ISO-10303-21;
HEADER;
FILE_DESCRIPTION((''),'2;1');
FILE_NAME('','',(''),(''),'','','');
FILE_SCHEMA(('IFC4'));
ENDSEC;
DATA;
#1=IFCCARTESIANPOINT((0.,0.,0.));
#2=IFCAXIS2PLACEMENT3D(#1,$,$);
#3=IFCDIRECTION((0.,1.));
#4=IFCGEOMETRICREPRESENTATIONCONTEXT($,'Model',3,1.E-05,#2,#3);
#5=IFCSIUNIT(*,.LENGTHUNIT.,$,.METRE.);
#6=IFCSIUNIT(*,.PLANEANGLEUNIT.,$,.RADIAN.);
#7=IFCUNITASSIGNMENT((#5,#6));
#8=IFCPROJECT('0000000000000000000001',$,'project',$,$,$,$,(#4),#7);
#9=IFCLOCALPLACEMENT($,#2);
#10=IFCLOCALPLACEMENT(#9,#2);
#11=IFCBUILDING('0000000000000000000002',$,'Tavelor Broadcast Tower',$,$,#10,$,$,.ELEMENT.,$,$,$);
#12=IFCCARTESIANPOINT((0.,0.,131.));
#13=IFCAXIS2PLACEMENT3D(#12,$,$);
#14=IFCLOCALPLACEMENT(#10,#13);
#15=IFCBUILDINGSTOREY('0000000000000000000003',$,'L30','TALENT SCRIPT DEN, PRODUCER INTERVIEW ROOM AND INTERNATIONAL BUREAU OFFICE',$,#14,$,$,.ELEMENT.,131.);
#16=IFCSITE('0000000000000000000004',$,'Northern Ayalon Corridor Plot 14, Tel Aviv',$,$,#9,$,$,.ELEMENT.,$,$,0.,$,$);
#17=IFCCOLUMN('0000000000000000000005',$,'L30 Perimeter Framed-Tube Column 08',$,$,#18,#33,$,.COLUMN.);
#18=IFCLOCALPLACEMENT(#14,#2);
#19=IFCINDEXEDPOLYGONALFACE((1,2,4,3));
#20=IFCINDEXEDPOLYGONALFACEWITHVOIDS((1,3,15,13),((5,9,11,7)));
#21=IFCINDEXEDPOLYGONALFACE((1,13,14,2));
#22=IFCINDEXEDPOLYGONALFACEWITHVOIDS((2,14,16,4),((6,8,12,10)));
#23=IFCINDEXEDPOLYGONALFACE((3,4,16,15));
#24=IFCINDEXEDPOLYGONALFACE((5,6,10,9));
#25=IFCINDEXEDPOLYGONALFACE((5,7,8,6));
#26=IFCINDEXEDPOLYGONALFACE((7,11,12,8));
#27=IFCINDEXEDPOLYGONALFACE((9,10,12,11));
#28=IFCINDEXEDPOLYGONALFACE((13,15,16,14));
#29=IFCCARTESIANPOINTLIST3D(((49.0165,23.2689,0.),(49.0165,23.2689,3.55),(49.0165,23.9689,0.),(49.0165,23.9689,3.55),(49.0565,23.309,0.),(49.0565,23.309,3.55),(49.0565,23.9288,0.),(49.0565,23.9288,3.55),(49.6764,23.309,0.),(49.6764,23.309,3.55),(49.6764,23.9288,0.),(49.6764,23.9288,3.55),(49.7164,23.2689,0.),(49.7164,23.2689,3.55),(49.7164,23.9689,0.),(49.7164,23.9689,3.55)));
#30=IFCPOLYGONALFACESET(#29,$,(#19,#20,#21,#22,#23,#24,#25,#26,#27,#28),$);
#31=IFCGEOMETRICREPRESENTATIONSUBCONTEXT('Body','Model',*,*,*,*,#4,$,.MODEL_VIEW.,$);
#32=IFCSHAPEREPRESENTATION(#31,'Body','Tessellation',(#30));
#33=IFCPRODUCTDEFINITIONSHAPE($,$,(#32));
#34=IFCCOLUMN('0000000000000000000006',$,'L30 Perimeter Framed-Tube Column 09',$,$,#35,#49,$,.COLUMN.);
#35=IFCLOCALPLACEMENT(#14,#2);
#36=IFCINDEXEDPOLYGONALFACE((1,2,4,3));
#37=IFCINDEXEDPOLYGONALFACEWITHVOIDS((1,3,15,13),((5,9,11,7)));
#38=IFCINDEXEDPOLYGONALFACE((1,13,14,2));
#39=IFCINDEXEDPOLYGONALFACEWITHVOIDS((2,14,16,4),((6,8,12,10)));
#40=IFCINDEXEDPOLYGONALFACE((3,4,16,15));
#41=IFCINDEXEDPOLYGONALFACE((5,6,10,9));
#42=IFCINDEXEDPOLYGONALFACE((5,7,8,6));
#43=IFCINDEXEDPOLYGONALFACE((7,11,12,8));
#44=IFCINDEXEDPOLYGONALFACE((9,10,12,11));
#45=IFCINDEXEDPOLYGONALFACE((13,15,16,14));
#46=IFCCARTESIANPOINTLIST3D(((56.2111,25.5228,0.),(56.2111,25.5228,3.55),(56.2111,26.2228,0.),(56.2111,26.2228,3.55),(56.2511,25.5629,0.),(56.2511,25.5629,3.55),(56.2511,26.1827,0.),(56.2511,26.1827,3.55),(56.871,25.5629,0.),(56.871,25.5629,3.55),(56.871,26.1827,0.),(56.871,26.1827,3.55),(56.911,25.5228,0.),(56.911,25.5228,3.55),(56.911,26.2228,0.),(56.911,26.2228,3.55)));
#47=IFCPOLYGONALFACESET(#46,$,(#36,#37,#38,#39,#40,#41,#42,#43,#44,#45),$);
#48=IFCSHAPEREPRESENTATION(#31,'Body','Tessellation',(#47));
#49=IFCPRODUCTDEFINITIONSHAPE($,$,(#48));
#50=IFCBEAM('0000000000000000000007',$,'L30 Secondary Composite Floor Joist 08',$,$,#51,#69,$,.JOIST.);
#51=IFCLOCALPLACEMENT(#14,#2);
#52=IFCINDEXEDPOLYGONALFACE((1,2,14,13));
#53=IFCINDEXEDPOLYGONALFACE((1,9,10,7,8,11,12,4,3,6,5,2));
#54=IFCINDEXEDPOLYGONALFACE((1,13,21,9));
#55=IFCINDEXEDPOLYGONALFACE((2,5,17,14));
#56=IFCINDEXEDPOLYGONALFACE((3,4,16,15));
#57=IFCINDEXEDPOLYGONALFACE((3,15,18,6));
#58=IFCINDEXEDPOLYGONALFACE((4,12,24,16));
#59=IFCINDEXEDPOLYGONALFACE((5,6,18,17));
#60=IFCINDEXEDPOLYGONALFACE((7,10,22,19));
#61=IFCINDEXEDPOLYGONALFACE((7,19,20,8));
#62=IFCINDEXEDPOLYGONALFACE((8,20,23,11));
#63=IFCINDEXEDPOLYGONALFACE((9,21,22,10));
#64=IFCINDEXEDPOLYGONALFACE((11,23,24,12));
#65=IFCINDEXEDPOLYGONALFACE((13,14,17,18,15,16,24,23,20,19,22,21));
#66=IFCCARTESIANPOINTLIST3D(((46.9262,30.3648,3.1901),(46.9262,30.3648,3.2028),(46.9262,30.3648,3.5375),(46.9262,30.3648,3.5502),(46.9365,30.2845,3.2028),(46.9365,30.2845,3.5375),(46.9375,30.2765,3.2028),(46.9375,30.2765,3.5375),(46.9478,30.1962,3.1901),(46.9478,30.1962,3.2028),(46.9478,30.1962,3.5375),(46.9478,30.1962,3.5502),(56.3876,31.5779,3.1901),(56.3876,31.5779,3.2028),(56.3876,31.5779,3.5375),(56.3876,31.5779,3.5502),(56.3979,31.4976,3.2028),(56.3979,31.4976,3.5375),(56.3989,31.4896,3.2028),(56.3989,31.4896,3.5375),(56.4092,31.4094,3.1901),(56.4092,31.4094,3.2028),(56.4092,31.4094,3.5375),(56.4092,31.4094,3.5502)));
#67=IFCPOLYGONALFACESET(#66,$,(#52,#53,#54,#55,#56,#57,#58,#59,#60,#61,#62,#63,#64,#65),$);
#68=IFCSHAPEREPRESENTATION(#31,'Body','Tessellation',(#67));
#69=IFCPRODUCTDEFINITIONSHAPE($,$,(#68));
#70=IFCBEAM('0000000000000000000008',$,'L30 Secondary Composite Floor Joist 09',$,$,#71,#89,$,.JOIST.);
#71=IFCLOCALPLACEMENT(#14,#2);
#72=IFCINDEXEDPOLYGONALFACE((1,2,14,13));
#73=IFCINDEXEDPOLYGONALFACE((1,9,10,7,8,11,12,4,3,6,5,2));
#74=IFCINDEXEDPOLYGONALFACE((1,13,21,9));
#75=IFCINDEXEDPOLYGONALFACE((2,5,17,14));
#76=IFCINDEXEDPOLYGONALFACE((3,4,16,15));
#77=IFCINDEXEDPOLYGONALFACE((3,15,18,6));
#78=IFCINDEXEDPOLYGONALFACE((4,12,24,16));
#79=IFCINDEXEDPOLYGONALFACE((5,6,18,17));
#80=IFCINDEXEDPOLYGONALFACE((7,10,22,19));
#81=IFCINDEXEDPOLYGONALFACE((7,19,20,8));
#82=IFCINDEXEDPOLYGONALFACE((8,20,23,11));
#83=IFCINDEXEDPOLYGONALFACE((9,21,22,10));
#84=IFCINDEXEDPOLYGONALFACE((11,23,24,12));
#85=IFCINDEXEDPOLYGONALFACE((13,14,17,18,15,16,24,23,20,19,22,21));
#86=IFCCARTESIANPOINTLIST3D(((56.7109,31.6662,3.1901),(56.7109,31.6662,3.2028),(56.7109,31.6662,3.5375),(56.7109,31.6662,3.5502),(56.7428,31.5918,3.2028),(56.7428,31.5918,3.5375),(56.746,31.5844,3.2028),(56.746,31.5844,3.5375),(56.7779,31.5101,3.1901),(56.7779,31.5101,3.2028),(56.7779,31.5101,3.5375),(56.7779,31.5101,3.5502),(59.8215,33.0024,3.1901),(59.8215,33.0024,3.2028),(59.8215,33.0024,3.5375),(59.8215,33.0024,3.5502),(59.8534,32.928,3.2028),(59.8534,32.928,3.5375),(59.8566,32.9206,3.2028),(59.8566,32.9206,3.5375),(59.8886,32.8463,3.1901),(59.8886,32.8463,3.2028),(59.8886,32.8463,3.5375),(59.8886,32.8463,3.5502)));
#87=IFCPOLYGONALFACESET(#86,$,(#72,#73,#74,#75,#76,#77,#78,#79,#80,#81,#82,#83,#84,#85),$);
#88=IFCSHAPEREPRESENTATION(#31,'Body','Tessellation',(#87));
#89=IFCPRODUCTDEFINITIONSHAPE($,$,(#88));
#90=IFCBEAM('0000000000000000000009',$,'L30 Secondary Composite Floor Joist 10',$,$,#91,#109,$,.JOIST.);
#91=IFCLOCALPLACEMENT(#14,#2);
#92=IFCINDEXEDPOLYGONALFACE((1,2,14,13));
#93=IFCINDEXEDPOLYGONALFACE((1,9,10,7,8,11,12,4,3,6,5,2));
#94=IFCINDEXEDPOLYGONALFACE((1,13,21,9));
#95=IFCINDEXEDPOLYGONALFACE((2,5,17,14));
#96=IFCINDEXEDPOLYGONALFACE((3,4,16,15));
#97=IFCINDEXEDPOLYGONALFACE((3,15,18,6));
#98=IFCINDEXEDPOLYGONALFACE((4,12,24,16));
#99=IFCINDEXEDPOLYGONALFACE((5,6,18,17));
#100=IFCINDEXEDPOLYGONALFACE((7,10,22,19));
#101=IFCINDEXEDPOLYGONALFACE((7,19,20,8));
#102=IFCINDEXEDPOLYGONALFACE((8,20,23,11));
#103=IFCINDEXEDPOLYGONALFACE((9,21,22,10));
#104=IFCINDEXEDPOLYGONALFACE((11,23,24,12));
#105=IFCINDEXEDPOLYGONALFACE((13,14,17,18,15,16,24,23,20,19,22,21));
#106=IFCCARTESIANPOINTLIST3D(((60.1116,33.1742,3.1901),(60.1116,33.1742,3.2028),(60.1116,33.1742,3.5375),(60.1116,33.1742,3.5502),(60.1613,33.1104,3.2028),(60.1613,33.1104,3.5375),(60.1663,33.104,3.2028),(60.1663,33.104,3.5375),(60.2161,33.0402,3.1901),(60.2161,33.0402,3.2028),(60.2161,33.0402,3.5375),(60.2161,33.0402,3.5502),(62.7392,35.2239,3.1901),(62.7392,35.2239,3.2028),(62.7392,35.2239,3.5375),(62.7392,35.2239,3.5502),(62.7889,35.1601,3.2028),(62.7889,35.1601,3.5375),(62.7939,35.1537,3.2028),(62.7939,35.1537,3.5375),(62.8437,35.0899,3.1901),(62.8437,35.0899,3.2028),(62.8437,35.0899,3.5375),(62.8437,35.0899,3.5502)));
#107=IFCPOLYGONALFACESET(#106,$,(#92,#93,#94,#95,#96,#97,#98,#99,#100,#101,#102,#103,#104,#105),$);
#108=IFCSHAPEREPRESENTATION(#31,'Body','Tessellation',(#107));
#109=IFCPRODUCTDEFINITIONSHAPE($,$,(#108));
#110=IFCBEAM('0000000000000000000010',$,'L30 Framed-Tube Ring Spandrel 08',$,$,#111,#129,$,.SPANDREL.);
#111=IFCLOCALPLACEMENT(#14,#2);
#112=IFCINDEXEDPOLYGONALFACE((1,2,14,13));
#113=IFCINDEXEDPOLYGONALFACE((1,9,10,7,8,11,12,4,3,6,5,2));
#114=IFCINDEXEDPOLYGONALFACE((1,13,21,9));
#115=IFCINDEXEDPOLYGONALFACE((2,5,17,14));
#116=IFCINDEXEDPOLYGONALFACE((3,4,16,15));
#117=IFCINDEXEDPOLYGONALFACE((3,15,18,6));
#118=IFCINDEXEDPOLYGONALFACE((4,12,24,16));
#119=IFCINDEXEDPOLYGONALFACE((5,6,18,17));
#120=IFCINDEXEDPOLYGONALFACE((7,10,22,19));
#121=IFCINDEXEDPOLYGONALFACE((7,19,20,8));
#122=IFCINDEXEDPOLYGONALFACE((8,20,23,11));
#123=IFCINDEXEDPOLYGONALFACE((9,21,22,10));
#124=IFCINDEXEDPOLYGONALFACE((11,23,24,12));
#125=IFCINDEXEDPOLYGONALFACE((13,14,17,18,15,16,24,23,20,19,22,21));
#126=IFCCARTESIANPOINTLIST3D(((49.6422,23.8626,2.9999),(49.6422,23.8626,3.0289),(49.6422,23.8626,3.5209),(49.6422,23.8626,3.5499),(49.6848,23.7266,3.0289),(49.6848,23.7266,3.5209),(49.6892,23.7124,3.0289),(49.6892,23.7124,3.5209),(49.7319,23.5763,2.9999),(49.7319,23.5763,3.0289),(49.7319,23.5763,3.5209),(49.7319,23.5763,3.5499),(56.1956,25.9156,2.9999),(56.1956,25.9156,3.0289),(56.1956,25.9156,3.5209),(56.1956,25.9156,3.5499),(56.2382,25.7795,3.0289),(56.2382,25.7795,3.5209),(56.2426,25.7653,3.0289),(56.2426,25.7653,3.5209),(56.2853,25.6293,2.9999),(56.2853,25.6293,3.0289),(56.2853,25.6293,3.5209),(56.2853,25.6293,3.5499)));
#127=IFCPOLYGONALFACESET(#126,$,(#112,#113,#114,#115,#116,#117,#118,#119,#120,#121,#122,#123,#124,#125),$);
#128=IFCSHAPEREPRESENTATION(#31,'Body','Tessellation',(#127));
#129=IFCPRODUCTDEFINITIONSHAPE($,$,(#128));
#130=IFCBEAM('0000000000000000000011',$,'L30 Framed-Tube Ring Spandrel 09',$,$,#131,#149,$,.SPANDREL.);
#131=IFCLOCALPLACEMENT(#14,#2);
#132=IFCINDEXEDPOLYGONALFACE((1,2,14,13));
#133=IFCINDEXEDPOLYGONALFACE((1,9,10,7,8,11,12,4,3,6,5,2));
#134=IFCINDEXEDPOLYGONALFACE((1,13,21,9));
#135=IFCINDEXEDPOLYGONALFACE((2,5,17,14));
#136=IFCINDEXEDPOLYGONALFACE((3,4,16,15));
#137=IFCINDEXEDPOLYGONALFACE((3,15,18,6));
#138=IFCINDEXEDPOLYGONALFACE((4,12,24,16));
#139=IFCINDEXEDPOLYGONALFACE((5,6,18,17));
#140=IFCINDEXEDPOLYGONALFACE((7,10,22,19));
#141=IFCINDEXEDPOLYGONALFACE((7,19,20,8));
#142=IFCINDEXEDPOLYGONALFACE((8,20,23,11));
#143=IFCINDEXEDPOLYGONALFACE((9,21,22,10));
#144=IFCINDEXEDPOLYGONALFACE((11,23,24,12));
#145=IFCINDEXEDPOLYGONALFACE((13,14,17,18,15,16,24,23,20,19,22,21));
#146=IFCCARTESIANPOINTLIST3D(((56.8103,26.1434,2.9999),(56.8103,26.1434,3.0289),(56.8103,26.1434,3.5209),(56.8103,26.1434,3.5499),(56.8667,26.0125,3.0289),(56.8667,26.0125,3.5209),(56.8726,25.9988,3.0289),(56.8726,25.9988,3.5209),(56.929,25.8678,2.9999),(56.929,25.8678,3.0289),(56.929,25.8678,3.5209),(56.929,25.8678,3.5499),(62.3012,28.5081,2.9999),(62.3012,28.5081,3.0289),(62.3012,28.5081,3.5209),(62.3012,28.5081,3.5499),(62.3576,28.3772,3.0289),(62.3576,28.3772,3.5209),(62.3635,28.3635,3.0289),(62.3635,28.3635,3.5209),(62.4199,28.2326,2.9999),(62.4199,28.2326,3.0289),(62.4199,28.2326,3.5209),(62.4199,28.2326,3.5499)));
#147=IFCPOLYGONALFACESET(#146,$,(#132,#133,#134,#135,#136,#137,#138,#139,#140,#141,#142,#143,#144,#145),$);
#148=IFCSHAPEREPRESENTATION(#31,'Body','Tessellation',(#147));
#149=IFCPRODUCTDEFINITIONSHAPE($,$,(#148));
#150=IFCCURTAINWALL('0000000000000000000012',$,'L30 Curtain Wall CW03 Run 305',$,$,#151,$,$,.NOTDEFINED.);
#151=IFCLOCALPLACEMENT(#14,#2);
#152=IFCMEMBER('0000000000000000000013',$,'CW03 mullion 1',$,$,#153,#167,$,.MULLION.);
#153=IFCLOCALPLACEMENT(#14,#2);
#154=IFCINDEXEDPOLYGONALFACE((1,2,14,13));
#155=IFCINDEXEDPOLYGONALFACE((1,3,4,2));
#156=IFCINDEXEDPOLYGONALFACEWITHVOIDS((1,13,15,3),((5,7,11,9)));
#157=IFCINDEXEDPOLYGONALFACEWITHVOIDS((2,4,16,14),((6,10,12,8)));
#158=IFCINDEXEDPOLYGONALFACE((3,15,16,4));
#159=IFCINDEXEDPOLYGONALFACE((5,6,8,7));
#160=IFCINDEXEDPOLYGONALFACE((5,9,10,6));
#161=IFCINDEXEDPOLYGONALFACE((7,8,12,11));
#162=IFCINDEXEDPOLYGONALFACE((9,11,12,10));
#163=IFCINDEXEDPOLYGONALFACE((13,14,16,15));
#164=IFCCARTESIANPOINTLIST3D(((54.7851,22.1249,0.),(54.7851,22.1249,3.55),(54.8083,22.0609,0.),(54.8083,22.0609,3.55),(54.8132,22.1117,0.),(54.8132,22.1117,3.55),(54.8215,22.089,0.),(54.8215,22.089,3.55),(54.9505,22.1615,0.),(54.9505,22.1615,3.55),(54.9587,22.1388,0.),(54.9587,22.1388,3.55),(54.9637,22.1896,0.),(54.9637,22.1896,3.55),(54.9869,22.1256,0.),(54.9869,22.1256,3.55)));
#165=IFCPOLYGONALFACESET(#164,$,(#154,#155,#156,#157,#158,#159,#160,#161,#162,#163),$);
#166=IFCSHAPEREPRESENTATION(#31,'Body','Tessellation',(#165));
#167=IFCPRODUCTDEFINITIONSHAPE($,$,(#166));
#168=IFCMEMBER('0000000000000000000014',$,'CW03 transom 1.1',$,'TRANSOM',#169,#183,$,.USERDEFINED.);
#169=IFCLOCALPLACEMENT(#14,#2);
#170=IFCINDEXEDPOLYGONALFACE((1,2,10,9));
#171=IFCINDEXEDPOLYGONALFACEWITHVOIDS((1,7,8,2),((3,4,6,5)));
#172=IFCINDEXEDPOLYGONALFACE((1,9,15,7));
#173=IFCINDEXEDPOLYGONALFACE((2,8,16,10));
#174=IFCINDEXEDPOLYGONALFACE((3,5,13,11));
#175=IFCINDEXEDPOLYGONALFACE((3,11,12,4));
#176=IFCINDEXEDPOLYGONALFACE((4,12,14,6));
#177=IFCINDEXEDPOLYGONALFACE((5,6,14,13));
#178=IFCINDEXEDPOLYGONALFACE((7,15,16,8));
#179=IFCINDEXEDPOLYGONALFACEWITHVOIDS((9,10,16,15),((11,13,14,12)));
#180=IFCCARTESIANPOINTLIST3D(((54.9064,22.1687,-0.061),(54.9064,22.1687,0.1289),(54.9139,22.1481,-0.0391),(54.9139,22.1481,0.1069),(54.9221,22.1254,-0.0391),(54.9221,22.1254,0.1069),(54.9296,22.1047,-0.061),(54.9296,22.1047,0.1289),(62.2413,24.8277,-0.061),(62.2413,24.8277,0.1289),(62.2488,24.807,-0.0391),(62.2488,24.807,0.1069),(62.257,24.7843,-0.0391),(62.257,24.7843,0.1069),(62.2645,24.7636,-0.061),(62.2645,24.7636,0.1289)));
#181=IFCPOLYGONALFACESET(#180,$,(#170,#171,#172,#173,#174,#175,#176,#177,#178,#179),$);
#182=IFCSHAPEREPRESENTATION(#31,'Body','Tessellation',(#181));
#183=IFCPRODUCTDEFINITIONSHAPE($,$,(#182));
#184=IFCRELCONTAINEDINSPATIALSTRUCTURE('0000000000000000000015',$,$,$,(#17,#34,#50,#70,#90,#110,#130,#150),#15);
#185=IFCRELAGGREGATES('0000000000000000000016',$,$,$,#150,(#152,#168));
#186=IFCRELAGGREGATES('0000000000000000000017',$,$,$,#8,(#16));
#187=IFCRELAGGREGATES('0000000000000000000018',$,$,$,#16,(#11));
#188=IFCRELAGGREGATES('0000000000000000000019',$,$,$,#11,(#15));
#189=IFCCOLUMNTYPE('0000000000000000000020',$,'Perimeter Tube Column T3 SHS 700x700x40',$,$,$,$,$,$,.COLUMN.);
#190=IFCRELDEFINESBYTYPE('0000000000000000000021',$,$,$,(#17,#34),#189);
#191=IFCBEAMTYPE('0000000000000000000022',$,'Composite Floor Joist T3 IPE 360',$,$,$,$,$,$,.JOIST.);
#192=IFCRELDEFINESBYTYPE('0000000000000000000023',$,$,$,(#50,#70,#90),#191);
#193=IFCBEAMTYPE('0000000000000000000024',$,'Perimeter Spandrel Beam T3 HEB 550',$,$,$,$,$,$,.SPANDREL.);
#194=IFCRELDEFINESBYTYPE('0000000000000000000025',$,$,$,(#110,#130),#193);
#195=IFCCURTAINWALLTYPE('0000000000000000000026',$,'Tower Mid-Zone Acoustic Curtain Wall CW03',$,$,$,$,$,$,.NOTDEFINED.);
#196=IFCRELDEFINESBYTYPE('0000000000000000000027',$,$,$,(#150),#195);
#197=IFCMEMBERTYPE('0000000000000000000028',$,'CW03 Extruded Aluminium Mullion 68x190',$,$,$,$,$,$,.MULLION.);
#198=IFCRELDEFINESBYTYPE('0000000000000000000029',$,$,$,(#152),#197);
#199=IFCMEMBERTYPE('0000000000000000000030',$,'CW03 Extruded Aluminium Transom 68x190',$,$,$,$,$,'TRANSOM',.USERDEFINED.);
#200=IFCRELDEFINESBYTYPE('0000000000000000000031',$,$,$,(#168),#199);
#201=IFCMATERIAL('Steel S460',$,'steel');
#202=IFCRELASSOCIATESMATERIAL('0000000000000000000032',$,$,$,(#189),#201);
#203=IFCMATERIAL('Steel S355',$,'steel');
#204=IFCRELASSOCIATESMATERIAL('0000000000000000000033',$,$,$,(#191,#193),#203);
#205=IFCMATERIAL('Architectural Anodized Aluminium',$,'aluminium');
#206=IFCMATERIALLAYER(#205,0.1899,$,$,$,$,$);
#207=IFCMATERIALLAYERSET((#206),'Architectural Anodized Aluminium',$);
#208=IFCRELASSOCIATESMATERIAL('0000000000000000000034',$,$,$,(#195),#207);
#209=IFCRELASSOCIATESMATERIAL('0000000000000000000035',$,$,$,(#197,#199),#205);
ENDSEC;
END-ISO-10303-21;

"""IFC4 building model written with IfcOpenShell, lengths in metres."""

from ifc_helpers import new_model, si_unit, direction, frame, origin, origin_2d, place, context, subcontext, project, spatial, hollow_rectangle, i_section, extrude, source, transform, mapped, material, layer, layer_set, material_profile, profile_set, type_object, type_shapes, element, aggregate, save


model = new_model("IFC4")

# Units and contexts
model_context = context("Model", 3, precision=1e-05, world=origin(), true_north=direction((0.0, 1.0)))
body_context = subcontext(model_context, "Body", "Model", "MODEL_VIEW")
ifc_project = project(units=[si_unit("LENGTHUNIT", "METRE"), si_unit("PLANEANGLEUNIT", "RADIAN")], contexts=[model_context])

# Site, building, storey
site_placement = place(None, origin())
site = spatial("IfcSite", under=ifc_project, at=site_placement, Name="Northern Ayalon Corridor Plot 14, Tel Aviv", CompositionType="ELEMENT", RefElevation=0.0)
building_placement = place(site_placement, origin())
building = spatial("IfcBuilding", under=site, at=building_placement, Name="Tavelor Broadcast Tower", CompositionType="ELEMENT")
storey_placement = place(building_placement, frame((0.0, 0.0, 131.0)))
storey = spatial("IfcBuildingStorey", under=building, at=storey_placement, Name="L30", Description="TALENT SCRIPT DEN, PRODUCER INTERVIEW ROOM AND INTERNATIONAL BUREAU OFFICE", CompositionType="ELEMENT", Elevation=131.0)

# Columns
ifc_material_1 = material(Name="Steel S460", Category="steel")
ifc_material_profile_1 = material_profile(ifc_material_1, hollow_rectangle(XDim=0.7, YDim=0.7, WallThickness=0.04, at=origin_2d()), Name="SHS 700x700x40")
ifc_profile_set_1 = profile_set([ifc_material_profile_1], Name="Steel S460")
column_type = type_object("IfcColumnType", Name="Perimeter Tube Column T3 SHS 700x700x40", PredefinedType="COLUMN", material=ifc_profile_set_1)
for number, where, z_axis, x_axis, name in (
    (1, (49.3665, 23.6189, 0.0), (0.0, 0.0, 1.0), (1.0, 0.0, 0.0), "L30 Perimeter Framed-Tube Column 08"),
    (2, (56.561, 25.8728, 0.0), (0.0, 0.0, 1.0), (1.0, 0.0, 0.0), "L30 Perimeter Framed-Tube Column 09"),
):
    element("IfcColumn", number, at=place(storey_placement, frame(where, z_axis=z_axis, x_axis=x_axis)), inside=storey, type_object=column_type, Name=name, PredefinedType="COLUMN", context=body_context, shape_type="SweptSolid", body=[
        extrude(hollow_rectangle(XDim=0.7, YDim=0.7, WallThickness=0.04, at=origin_2d()), origin(), (0.0, 0.0, 1.0), 3.55),
    ])

# Beams
ifc_material_2 = material(Name="Steel S355", Category="steel")
ifc_material_profile_2 = material_profile(ifc_material_2, i_section(OverallWidth=0.1699, OverallDepth=0.3601, WebThickness=0.0081, FlangeThickness=0.0127, at=origin_2d()), Name="IPE 360")
ifc_profile_set_2 = profile_set([ifc_material_profile_2], Name="Steel S355")
beam_type_1 = type_object("IfcBeamType", Name="Composite Floor Joist T3 IPE 360", PredefinedType="JOIST", material=ifc_profile_set_2)
beam_1_placement = place(storey_placement, frame((46.937, 30.2805, 3.3701), z_axis=(0.99188, 0.127178, 0.0), x_axis=(-0.127178, 0.99188, 0.0)))
element("IfcBeam", 3, at=beam_1_placement, inside=storey, type_object=beam_type_1, Name="L30 Secondary Composite Floor Joist 08", PredefinedType="JOIST", context=body_context, shape_type="SweptSolid", body=[
    extrude(i_section(OverallWidth=0.1699, OverallDepth=0.3601, WebThickness=0.0081, FlangeThickness=0.0127, at=origin_2d()), origin(), (0.0, 0.0, 1.0), 9.5388),
])
beam_2_placement = place(storey_placement, frame((56.7444, 31.5881, 3.3701), z_axis=(0.918816, 0.394685, 0.0), x_axis=(-0.394685, 0.918816, 0.0)))
element("IfcBeam", 4, at=beam_2_placement, inside=storey, type_object=beam_type_1, Name="L30 Secondary Composite Floor Joist 09", PredefinedType="JOIST", context=body_context, shape_type="SweptSolid", body=[
    extrude(i_section(OverallWidth=0.1699, OverallDepth=0.3601, WebThickness=0.0081, FlangeThickness=0.0127, at=origin_2d()), origin(), (0.0, 0.0, 1.0), 3.3855),
])
beam_3_placement = place(storey_placement, frame((60.1638, 33.1072, 3.3701), z_axis=(0.788472, 0.615071, 0.0), x_axis=(-0.615071, 0.788472, 0.0)))
element("IfcBeam", 5, at=beam_3_placement, inside=storey, type_object=beam_type_1, Name="L30 Secondary Composite Floor Joist 10", PredefinedType="JOIST", context=body_context, shape_type="SweptSolid", body=[
    extrude(i_section(OverallWidth=0.1699, OverallDepth=0.3601, WebThickness=0.0081, FlangeThickness=0.0127, at=origin_2d()), origin(), (0.0, 0.0, 1.0), 3.3325),
])
ifc_material_profile_3 = material_profile(ifc_material_2, i_section(OverallWidth=0.3, OverallDepth=0.55, WebThickness=0.0149, FlangeThickness=0.0291, at=origin_2d()), Name="HEB 550")
ifc_profile_set_3 = profile_set([ifc_material_profile_3], Name="Steel S355")
beam_type_2 = type_object("IfcBeamType", Name="Perimeter Spandrel Beam T3 HEB 550", PredefinedType="SPANDREL", material=ifc_profile_set_3)
beam_4_placement = place(storey_placement, frame((49.687, 23.7195, 3.2749), z_axis=(0.954272, 0.298941, 0.0), x_axis=(-0.298941, 0.954272, 0.0)))
element("IfcBeam", 6, at=beam_4_placement, inside=storey, type_object=beam_type_2, Name="L30 Framed-Tube Ring Spandrel 08", PredefinedType="SPANDREL", context=body_context, shape_type="SweptSolid", body=[
    extrude(i_section(OverallWidth=0.3, OverallDepth=0.55, WebThickness=0.0149, FlangeThickness=0.0291, at=origin_2d()), origin(), (0.0, 0.0, 1.0), 6.8674),
])
beam_5_placement = place(storey_placement, frame((56.8696, 26.0056, 3.2749), z_axis=(0.918449, 0.39554, 0.0), x_axis=(-0.39554, 0.918449, 0.0)))
element("IfcBeam", 7, at=beam_5_placement, inside=storey, type_object=beam_type_2, Name="L30 Framed-Tube Ring Spandrel 09", PredefinedType="SPANDREL", context=body_context, shape_type="SweptSolid", body=[
    extrude(i_section(OverallWidth=0.3, OverallDepth=0.55, WebThickness=0.0149, FlangeThickness=0.0291, at=origin_2d()), origin(), (0.0, 0.0, 1.0), 5.9785),
])

# Curtain wall, members
ifc_material_3 = material(Name="Architectural Anodized Aluminium", Category="aluminium")
ifc_layer_1 = layer(ifc_material_3, 0.1899)
ifc_layer_set_1 = layer_set([ifc_layer_1], Name="Architectural Anodized Aluminium")
curtain_wall_type = type_object("IfcCurtainWallType", Name="Tower Mid-Zone Acoustic Curtain Wall CW03", PredefinedType="NOTDEFINED", material=ifc_layer_set_1)
curtain_wall_placement = place(storey_placement, origin())
curtain_wall = element("IfcCurtainWall", 8, at=curtain_wall_placement, inside=storey, type_object=curtain_wall_type, Name="L30 Curtain Wall CW03 Run 305", PredefinedType="NOTDEFINED")
ifc_material_profile_4 = material_profile(ifc_material_3, hollow_rectangle(XDim=0.0681, YDim=0.1899, WallThickness=0.022, at=origin_2d()), Name="RHS 68x190x22")
ifc_profile_set_4 = profile_set([ifc_material_profile_4], Name="Architectural Anodized Aluminium")
member_type_1 = type_object("IfcMemberType", Name="CW03 Extruded Aluminium Mullion 68x190", PredefinedType="MULLION", material=ifc_profile_set_4)
shared_shape_1 = source(origin(), body_context, "Body", "SweptSolid", [
    extrude(hollow_rectangle(XDim=0.0681, YDim=0.1899, WallThickness=0.022, at=origin_2d()), origin(), (0.0, 0.0, 1.0), 3.55),
])
type_shapes(member_type_1, [shared_shape_1])
member_1_placement = place(storey_placement, frame((54.886, 22.1252, 0.0), z_axis=(0.0, 0.0, 1.0), x_axis=(-0.340788, 0.94014, 0.0)))
member_1 = element("IfcMember", 9, at=member_1_placement, type_object=member_type_1, Name="CW03 mullion 1", PredefinedType="MULLION", context=body_context, shape_type="MappedRepresentation", body=[
    mapped(shared_shape_1, transform((0.0, 0.0, 0.0), scale=1.0)),
])
ifc_material_profile_5 = material_profile(ifc_material_3, hollow_rectangle(XDim=0.0681, YDim=0.1899, WallThickness=0.022, at=origin_2d()), Name="RHS 68x190x22")
ifc_profile_set_5 = profile_set([ifc_material_profile_5], Name="Architectural Anodized Aluminium")
member_type_2 = type_object("IfcMemberType", Name="CW03 Extruded Aluminium Transom 68x190", ElementType="TRANSOM", PredefinedType="USERDEFINED", material=ifc_profile_set_5)
shared_shape_2 = source(origin(), body_context, "Body", "SweptSolid", [
    extrude(hollow_rectangle(XDim=0.0681, YDim=0.1899, WallThickness=0.022, at=origin_2d()), origin(), (0.0, 0.0, 1.0), 7.802),
])
type_shapes(member_type_2, [shared_shape_2])
member_2_placement = place(storey_placement, frame((54.918, 22.1367, 0.0339), z_axis=(0.940136, 0.340801, 0.0), x_axis=(-0.340801, 0.940136, 0.0)))
member_2 = element("IfcMember", 10, at=member_2_placement, type_object=member_type_2, Name="CW03 transom 1.1", ObjectType="TRANSOM", PredefinedType="USERDEFINED", context=body_context, shape_type="MappedRepresentation", body=[
    mapped(shared_shape_2, transform((0.0, 0.0, 0.0), scale=1.0)),
])

aggregate(curtain_wall, [member_1, member_2])

save(model, "model.ifc")
